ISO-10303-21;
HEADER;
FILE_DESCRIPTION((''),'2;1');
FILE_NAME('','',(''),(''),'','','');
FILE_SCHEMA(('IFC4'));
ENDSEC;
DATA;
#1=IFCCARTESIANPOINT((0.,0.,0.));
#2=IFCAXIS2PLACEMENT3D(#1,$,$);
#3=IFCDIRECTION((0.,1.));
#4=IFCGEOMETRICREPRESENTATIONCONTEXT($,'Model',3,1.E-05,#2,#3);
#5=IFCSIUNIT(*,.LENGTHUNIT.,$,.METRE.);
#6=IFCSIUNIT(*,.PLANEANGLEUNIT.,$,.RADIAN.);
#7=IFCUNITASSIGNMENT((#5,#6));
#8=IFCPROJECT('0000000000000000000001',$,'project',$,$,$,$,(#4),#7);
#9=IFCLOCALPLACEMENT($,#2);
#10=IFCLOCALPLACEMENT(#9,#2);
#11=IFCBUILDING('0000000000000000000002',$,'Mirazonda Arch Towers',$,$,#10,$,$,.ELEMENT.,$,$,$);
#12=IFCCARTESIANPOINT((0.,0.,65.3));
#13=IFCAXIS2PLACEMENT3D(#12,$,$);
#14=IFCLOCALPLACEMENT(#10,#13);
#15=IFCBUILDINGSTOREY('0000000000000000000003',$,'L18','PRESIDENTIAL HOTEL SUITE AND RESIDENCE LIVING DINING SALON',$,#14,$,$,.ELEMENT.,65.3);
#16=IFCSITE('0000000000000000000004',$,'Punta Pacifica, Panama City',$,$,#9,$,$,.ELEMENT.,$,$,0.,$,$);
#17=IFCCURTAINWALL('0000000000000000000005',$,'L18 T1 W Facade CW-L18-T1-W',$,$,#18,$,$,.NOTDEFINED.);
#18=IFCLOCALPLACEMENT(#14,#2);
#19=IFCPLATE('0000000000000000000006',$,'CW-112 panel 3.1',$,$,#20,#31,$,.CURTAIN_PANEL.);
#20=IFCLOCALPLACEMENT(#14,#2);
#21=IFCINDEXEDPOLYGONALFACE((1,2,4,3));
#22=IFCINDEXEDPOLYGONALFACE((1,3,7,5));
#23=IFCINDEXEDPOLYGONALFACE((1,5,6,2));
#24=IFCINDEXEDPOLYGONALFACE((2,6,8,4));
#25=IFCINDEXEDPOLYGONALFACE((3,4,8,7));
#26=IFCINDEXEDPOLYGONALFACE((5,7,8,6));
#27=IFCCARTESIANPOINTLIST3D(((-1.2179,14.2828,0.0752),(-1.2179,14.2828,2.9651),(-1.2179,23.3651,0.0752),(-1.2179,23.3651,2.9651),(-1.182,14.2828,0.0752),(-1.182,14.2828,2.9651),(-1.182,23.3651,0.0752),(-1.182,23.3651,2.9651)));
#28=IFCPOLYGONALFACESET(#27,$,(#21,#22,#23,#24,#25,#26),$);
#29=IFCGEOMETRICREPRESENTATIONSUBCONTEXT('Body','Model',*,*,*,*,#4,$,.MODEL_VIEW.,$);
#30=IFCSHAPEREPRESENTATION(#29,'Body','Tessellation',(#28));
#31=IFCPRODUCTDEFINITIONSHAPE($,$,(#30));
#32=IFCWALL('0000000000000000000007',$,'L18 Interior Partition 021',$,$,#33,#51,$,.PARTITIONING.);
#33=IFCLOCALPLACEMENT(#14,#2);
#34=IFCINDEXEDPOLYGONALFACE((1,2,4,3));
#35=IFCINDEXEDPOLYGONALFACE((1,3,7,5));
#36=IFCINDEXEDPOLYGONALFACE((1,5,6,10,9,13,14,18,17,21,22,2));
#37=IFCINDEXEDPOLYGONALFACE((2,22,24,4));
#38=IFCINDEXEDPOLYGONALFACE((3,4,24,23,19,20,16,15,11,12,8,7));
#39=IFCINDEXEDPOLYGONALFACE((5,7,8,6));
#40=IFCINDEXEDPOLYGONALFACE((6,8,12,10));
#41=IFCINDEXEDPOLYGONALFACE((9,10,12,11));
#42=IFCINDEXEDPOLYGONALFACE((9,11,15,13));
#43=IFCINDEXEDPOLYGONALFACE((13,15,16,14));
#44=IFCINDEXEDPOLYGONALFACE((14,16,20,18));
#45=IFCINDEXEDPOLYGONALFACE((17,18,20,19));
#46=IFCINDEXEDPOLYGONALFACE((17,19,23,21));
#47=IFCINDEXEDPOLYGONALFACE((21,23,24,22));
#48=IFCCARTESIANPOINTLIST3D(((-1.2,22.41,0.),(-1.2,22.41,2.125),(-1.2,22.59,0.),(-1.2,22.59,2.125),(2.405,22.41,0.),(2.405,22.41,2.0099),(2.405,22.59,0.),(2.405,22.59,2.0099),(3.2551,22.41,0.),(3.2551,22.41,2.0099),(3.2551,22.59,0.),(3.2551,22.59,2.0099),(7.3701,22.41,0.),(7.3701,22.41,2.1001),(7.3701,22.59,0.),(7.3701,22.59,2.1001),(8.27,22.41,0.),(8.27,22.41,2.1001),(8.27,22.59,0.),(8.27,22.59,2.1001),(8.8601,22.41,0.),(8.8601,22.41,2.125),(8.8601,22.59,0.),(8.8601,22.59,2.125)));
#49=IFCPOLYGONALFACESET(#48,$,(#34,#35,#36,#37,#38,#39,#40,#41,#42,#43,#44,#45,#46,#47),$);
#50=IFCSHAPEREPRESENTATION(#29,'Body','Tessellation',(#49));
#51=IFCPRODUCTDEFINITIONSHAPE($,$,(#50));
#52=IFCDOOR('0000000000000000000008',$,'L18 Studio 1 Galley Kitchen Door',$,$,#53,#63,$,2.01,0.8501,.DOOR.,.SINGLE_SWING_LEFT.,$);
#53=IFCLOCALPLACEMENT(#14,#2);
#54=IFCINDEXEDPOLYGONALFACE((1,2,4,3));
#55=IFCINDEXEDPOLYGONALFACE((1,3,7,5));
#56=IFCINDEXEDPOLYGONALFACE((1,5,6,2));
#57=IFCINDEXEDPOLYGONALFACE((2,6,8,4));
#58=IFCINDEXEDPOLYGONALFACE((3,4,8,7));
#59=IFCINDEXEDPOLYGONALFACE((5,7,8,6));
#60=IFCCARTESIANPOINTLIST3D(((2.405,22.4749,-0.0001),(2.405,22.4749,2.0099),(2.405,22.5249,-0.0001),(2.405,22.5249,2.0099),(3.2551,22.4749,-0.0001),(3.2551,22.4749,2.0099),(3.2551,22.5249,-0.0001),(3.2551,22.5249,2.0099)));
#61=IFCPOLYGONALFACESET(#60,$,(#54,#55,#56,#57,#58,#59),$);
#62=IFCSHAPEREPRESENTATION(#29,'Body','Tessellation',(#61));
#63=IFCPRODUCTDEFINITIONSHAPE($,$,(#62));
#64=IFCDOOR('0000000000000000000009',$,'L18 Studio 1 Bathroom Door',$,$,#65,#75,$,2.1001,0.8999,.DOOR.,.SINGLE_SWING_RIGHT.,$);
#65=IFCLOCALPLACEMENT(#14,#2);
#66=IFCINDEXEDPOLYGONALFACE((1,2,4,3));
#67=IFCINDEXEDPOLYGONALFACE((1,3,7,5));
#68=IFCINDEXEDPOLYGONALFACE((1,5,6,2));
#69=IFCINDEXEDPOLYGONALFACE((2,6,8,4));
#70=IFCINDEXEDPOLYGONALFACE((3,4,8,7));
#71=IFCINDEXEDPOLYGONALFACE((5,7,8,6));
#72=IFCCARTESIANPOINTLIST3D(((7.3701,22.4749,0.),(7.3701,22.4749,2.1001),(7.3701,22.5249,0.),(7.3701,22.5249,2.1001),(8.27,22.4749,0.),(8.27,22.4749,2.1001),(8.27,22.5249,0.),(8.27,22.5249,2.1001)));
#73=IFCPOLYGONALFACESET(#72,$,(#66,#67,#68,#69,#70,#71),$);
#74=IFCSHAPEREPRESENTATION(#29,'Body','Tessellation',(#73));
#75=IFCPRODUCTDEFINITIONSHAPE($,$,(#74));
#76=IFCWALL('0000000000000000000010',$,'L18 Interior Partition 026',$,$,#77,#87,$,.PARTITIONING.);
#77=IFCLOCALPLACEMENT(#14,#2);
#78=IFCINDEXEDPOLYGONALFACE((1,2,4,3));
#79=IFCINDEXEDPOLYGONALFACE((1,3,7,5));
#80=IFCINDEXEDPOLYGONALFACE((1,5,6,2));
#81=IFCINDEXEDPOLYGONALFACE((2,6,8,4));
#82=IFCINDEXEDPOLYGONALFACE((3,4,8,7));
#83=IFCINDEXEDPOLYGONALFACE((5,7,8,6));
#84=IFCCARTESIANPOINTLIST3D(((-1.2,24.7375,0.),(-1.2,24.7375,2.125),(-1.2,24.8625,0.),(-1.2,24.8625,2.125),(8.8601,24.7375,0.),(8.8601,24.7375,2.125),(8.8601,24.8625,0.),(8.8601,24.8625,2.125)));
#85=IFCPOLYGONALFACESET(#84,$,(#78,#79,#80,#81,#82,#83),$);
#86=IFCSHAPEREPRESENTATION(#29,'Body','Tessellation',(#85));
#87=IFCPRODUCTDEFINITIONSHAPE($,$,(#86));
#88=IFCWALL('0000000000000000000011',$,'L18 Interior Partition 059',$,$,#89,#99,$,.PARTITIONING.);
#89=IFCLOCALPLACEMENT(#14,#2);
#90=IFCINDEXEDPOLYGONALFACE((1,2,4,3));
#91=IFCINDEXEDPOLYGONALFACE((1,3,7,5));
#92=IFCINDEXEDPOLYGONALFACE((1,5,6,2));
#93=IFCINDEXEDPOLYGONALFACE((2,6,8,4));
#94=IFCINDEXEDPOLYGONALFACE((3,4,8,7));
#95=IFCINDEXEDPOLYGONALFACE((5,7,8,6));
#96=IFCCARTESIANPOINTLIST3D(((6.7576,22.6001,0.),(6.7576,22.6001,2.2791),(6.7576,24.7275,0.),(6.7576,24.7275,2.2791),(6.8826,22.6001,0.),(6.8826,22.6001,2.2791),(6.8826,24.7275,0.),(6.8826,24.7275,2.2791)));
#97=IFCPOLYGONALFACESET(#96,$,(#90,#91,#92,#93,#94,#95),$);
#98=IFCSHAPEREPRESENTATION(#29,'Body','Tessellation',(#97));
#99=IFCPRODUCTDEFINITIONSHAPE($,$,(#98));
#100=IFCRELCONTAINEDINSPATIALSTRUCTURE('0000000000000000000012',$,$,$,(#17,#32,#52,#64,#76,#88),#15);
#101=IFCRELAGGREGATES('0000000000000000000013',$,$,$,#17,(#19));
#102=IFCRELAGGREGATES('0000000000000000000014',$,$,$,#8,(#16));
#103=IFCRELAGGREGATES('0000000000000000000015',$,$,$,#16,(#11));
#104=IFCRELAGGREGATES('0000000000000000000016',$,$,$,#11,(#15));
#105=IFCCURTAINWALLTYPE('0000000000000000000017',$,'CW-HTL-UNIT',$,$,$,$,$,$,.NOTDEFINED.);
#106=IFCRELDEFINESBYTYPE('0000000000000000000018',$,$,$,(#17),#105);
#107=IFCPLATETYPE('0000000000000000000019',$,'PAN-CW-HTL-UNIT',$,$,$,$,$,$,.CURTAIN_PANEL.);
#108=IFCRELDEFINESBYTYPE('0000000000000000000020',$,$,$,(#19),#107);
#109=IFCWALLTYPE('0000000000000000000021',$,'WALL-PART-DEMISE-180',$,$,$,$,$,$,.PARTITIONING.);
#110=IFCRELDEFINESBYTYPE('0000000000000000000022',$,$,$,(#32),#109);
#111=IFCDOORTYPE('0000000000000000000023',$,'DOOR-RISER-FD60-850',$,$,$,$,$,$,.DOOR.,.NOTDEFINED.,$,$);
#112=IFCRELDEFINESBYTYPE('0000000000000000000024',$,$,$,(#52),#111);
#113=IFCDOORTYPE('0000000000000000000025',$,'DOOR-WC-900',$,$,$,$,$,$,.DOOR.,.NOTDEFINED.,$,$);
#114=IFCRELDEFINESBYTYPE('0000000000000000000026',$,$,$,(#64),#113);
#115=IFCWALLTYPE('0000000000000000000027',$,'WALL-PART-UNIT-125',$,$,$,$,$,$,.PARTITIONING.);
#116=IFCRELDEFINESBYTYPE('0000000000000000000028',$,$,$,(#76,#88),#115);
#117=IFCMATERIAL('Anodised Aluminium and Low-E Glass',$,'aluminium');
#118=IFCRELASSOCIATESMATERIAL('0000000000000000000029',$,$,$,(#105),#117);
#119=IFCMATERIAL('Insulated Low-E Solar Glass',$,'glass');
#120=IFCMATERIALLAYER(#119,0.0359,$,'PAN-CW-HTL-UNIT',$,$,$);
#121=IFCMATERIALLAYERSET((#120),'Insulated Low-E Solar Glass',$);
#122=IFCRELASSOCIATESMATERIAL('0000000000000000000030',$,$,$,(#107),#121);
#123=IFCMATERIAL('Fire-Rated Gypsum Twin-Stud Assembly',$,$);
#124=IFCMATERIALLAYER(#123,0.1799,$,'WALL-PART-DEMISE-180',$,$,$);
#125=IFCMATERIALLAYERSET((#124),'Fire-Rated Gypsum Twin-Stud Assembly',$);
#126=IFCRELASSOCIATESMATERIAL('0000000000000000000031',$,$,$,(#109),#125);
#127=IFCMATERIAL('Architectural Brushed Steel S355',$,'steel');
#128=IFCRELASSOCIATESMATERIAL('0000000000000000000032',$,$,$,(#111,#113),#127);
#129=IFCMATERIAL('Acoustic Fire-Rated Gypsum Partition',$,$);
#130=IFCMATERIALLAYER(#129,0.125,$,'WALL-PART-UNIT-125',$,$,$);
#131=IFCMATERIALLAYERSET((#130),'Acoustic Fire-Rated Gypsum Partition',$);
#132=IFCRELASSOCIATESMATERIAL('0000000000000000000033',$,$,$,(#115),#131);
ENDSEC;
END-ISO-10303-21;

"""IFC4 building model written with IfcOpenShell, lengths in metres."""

from ifc_helpers import new_model, si_unit, direction, frame, frame_2d, origin, origin_2d, place, context, subcontext, project, spatial, rectangle, extrude, material, layer, layer_set, type_object, element, fill, aggregate, save


model = new_model("IFC4")

# Units and contexts
model_context = context("Model", 3, precision=1e-05, world=origin(), true_north=direction((0.0, 1.0)))
body_context = subcontext(model_context, "Body", "Model", "MODEL_VIEW")
ifc_project = project(units=[si_unit("LENGTHUNIT", "METRE"), si_unit("PLANEANGLEUNIT", "RADIAN")], contexts=[model_context])

# Site, building, storey
site_placement = place(None, origin())
site = spatial("IfcSite", under=ifc_project, at=site_placement, Name="Punta Pacifica, Panama City", CompositionType="ELEMENT", RefElevation=0.0)
building_placement = place(site_placement, origin())
building = spatial("IfcBuilding", under=site, at=building_placement, Name="Mirazonda Arch Towers", CompositionType="ELEMENT")
storey_placement = place(building_placement, frame((0.0, 0.0, 65.3)))
storey = spatial("IfcBuildingStorey", under=building, at=storey_placement, Name="L18", Description="PRESIDENTIAL HOTEL SUITE AND RESIDENCE LIVING DINING SALON", CompositionType="ELEMENT", Elevation=65.3)

# Curtain wall, plate
ifc_material_1 = material(Name="Anodised Aluminium and Low-E Glass", Category="aluminium")
curtain_wall_type = type_object("IfcCurtainWallType", Name="CW-HTL-UNIT", PredefinedType="NOTDEFINED", material=ifc_material_1)
curtain_wall_placement = place(storey_placement, origin())
curtain_wall = element("IfcCurtainWall", 1, at=curtain_wall_placement, inside=storey, type_object=curtain_wall_type, Name="L18 T1 W Facade CW-L18-T1-W", PredefinedType="NOTDEFINED")
ifc_material_2 = material(Name="Insulated Low-E Solar Glass", Category="glass")
ifc_layer_1 = layer(ifc_material_2, 0.0359, Name="PAN-CW-HTL-UNIT")
ifc_layer_set_1 = layer_set([ifc_layer_1], Name="Insulated Low-E Solar Glass")
plate_type = type_object("IfcPlateType", Name="PAN-CW-HTL-UNIT", PredefinedType="CURTAIN_PANEL", material=ifc_layer_set_1)
plate_placement = place(storey_placement, frame((-1.2, 18.824, 0.0752), z_axis=(0.0, 0.0, 1.0), x_axis=(0.0, -1.0, 0.0)))
plate = element("IfcPlate", 2, at=plate_placement, type_object=plate_type, Name="CW-112 panel 3.1", PredefinedType="CURTAIN_PANEL", context=body_context, shape_type="SweptSolid", body=[
    extrude(rectangle(XDim=9.0823, YDim=0.0359, at=origin_2d()), origin(), (0.0, 0.0, 1.0), 2.8899),
])
aggregate(curtain_wall, [plate])

# Wall, openings, doors
ifc_material_3 = material(Name="Fire-Rated Gypsum Twin-Stud Assembly")
ifc_layer_2 = layer(ifc_material_3, 0.1799, Name="WALL-PART-DEMISE-180")
ifc_layer_set_2 = layer_set([ifc_layer_2], Name="Fire-Rated Gypsum Twin-Stud Assembly")
wall_type_1 = type_object("IfcWallType", Name="WALL-PART-DEMISE-180", PredefinedType="PARTITIONING", material=ifc_layer_set_2)
wall_1_placement = place(storey_placement, frame((-1.2, 22.5, 0.0), z_axis=(0.0, 0.0, 1.0), x_axis=(1.0, 0.0, 0.0)))
wall_1 = element("IfcWall", 3, at=wall_1_placement, inside=storey, type_object=wall_type_1, Name="L18 Interior Partition 021", PredefinedType="PARTITIONING", context=body_context, shape_type="SweptSolid", body=[
    extrude(rectangle(XDim=10.0601, YDim=0.1799, at=frame_2d((5.03, 0.0))), origin(), (0.0, 0.0, 1.0), 2.125),
])
opening_1_placement = place(wall_1_placement, frame((3.605, 0.0, 0.0)))
opening_1 = element("IfcOpeningElement", 4, at=opening_1_placement, cuts=wall_1, PredefinedType="OPENING", context=body_context, shape_type="SweptSolid", body=[
    extrude(rectangle(XDim=0.8501, YDim=2.01, at=frame_2d((0.425, 1.0049))), frame((0.0, 0.0999, 0.0), z_axis=(0.0, -1.0, 0.0), x_axis=(1.0, 0.0, 0.0)), (0.0, 0.0, 1.0), 0.2),
])
opening_2_placement = place(wall_1_placement, frame((8.5701, 0.0, 0.0)))
opening_2 = element("IfcOpeningElement", 5, at=opening_2_placement, cuts=wall_1, PredefinedType="OPENING", context=body_context, shape_type="SweptSolid", body=[
    extrude(rectangle(XDim=0.8999, YDim=2.1001, at=frame_2d((0.45, 1.05))), frame((0.0, 0.0999, 0.0), z_axis=(0.0, -1.0, 0.0), x_axis=(1.0, 0.0, 0.0)), (0.0, 0.0, 1.0), 0.2),
])
ifc_material_4 = material(Name="Architectural Brushed Steel S355", Category="steel")
door_type_1 = type_object("IfcDoorType", Name="DOOR-RISER-FD60-850", OperationType="NOTDEFINED", PredefinedType="DOOR", material=ifc_material_4)
door_1_placement = place(opening_1_placement, origin())
door_1 = element("IfcDoor", 6, at=door_1_placement, inside=storey, type_object=door_type_1, Name="L18 Studio 1 Galley Kitchen Door", OperationType="SINGLE_SWING_LEFT", OverallHeight=2.01, OverallWidth=0.8501, PredefinedType="DOOR", context=body_context, shape_type="SweptSolid", body=[
    extrude(rectangle(XDim=0.8501, YDim=2.01, at=frame_2d((0.425, 1.0049))), frame((0.0, 0.0249, 0.0), z_axis=(0.0, -1.0, 0.0), x_axis=(1.0, 0.0, 0.0)), (0.0, 0.0, 1.0), 0.05),
])
fill(opening_1, door_1)
door_type_2 = type_object("IfcDoorType", Name="DOOR-WC-900", OperationType="NOTDEFINED", PredefinedType="DOOR", material=ifc_material_4)
door_2_placement = place(opening_2_placement, origin())
door_2 = element("IfcDoor", 7, at=door_2_placement, inside=storey, type_object=door_type_2, Name="L18 Studio 1 Bathroom Door", OperationType="SINGLE_SWING_RIGHT", OverallHeight=2.1001, OverallWidth=0.8999, PredefinedType="DOOR", context=body_context, shape_type="SweptSolid", body=[
    extrude(rectangle(XDim=0.8999, YDim=2.1001, at=frame_2d((0.45, 1.05))), frame((0.0, 0.0249, 0.0), z_axis=(0.0, -1.0, 0.0), x_axis=(1.0, 0.0, 0.0)), (0.0, 0.0, 1.0), 0.05),
])
fill(opening_2, door_2)

# Walls
ifc_material_5 = material(Name="Acoustic Fire-Rated Gypsum Partition")
ifc_layer_3 = layer(ifc_material_5, 0.125, Name="WALL-PART-UNIT-125")
ifc_layer_set_3 = layer_set([ifc_layer_3], Name="Acoustic Fire-Rated Gypsum Partition")
wall_type_2 = type_object("IfcWallType", Name="WALL-PART-UNIT-125", PredefinedType="PARTITIONING", material=ifc_layer_set_3)
wall_2_placement = place(storey_placement, frame((-1.2, 24.8, 0.0), z_axis=(0.0, 0.0, 1.0), x_axis=(1.0, 0.0, 0.0)))
element("IfcWall", 8, at=wall_2_placement, inside=storey, type_object=wall_type_2, Name="L18 Interior Partition 026", PredefinedType="PARTITIONING", context=body_context, shape_type="SweptSolid", body=[
    extrude(rectangle(XDim=10.0601, YDim=0.125, at=frame_2d((5.03, 0.0))), origin(), (0.0, 0.0, 1.0), 2.125),
])
wall_3_placement = place(storey_placement, frame((6.8201, 22.6001, 0.0), z_axis=(0.0, 0.0, 1.0), x_axis=(0.0, 1.0, 0.0)))
element("IfcWall", 9, at=wall_3_placement, inside=storey, type_object=wall_type_2, Name="L18 Interior Partition 059", PredefinedType="PARTITIONING", context=body_context, shape_type="SweptSolid", body=[
    extrude(rectangle(XDim=2.1274, YDim=0.125, at=frame_2d((1.0637, 0.0))), origin(), (0.0, 0.0, 1.0), 2.2791),
])

save(model, "model.ifc")
